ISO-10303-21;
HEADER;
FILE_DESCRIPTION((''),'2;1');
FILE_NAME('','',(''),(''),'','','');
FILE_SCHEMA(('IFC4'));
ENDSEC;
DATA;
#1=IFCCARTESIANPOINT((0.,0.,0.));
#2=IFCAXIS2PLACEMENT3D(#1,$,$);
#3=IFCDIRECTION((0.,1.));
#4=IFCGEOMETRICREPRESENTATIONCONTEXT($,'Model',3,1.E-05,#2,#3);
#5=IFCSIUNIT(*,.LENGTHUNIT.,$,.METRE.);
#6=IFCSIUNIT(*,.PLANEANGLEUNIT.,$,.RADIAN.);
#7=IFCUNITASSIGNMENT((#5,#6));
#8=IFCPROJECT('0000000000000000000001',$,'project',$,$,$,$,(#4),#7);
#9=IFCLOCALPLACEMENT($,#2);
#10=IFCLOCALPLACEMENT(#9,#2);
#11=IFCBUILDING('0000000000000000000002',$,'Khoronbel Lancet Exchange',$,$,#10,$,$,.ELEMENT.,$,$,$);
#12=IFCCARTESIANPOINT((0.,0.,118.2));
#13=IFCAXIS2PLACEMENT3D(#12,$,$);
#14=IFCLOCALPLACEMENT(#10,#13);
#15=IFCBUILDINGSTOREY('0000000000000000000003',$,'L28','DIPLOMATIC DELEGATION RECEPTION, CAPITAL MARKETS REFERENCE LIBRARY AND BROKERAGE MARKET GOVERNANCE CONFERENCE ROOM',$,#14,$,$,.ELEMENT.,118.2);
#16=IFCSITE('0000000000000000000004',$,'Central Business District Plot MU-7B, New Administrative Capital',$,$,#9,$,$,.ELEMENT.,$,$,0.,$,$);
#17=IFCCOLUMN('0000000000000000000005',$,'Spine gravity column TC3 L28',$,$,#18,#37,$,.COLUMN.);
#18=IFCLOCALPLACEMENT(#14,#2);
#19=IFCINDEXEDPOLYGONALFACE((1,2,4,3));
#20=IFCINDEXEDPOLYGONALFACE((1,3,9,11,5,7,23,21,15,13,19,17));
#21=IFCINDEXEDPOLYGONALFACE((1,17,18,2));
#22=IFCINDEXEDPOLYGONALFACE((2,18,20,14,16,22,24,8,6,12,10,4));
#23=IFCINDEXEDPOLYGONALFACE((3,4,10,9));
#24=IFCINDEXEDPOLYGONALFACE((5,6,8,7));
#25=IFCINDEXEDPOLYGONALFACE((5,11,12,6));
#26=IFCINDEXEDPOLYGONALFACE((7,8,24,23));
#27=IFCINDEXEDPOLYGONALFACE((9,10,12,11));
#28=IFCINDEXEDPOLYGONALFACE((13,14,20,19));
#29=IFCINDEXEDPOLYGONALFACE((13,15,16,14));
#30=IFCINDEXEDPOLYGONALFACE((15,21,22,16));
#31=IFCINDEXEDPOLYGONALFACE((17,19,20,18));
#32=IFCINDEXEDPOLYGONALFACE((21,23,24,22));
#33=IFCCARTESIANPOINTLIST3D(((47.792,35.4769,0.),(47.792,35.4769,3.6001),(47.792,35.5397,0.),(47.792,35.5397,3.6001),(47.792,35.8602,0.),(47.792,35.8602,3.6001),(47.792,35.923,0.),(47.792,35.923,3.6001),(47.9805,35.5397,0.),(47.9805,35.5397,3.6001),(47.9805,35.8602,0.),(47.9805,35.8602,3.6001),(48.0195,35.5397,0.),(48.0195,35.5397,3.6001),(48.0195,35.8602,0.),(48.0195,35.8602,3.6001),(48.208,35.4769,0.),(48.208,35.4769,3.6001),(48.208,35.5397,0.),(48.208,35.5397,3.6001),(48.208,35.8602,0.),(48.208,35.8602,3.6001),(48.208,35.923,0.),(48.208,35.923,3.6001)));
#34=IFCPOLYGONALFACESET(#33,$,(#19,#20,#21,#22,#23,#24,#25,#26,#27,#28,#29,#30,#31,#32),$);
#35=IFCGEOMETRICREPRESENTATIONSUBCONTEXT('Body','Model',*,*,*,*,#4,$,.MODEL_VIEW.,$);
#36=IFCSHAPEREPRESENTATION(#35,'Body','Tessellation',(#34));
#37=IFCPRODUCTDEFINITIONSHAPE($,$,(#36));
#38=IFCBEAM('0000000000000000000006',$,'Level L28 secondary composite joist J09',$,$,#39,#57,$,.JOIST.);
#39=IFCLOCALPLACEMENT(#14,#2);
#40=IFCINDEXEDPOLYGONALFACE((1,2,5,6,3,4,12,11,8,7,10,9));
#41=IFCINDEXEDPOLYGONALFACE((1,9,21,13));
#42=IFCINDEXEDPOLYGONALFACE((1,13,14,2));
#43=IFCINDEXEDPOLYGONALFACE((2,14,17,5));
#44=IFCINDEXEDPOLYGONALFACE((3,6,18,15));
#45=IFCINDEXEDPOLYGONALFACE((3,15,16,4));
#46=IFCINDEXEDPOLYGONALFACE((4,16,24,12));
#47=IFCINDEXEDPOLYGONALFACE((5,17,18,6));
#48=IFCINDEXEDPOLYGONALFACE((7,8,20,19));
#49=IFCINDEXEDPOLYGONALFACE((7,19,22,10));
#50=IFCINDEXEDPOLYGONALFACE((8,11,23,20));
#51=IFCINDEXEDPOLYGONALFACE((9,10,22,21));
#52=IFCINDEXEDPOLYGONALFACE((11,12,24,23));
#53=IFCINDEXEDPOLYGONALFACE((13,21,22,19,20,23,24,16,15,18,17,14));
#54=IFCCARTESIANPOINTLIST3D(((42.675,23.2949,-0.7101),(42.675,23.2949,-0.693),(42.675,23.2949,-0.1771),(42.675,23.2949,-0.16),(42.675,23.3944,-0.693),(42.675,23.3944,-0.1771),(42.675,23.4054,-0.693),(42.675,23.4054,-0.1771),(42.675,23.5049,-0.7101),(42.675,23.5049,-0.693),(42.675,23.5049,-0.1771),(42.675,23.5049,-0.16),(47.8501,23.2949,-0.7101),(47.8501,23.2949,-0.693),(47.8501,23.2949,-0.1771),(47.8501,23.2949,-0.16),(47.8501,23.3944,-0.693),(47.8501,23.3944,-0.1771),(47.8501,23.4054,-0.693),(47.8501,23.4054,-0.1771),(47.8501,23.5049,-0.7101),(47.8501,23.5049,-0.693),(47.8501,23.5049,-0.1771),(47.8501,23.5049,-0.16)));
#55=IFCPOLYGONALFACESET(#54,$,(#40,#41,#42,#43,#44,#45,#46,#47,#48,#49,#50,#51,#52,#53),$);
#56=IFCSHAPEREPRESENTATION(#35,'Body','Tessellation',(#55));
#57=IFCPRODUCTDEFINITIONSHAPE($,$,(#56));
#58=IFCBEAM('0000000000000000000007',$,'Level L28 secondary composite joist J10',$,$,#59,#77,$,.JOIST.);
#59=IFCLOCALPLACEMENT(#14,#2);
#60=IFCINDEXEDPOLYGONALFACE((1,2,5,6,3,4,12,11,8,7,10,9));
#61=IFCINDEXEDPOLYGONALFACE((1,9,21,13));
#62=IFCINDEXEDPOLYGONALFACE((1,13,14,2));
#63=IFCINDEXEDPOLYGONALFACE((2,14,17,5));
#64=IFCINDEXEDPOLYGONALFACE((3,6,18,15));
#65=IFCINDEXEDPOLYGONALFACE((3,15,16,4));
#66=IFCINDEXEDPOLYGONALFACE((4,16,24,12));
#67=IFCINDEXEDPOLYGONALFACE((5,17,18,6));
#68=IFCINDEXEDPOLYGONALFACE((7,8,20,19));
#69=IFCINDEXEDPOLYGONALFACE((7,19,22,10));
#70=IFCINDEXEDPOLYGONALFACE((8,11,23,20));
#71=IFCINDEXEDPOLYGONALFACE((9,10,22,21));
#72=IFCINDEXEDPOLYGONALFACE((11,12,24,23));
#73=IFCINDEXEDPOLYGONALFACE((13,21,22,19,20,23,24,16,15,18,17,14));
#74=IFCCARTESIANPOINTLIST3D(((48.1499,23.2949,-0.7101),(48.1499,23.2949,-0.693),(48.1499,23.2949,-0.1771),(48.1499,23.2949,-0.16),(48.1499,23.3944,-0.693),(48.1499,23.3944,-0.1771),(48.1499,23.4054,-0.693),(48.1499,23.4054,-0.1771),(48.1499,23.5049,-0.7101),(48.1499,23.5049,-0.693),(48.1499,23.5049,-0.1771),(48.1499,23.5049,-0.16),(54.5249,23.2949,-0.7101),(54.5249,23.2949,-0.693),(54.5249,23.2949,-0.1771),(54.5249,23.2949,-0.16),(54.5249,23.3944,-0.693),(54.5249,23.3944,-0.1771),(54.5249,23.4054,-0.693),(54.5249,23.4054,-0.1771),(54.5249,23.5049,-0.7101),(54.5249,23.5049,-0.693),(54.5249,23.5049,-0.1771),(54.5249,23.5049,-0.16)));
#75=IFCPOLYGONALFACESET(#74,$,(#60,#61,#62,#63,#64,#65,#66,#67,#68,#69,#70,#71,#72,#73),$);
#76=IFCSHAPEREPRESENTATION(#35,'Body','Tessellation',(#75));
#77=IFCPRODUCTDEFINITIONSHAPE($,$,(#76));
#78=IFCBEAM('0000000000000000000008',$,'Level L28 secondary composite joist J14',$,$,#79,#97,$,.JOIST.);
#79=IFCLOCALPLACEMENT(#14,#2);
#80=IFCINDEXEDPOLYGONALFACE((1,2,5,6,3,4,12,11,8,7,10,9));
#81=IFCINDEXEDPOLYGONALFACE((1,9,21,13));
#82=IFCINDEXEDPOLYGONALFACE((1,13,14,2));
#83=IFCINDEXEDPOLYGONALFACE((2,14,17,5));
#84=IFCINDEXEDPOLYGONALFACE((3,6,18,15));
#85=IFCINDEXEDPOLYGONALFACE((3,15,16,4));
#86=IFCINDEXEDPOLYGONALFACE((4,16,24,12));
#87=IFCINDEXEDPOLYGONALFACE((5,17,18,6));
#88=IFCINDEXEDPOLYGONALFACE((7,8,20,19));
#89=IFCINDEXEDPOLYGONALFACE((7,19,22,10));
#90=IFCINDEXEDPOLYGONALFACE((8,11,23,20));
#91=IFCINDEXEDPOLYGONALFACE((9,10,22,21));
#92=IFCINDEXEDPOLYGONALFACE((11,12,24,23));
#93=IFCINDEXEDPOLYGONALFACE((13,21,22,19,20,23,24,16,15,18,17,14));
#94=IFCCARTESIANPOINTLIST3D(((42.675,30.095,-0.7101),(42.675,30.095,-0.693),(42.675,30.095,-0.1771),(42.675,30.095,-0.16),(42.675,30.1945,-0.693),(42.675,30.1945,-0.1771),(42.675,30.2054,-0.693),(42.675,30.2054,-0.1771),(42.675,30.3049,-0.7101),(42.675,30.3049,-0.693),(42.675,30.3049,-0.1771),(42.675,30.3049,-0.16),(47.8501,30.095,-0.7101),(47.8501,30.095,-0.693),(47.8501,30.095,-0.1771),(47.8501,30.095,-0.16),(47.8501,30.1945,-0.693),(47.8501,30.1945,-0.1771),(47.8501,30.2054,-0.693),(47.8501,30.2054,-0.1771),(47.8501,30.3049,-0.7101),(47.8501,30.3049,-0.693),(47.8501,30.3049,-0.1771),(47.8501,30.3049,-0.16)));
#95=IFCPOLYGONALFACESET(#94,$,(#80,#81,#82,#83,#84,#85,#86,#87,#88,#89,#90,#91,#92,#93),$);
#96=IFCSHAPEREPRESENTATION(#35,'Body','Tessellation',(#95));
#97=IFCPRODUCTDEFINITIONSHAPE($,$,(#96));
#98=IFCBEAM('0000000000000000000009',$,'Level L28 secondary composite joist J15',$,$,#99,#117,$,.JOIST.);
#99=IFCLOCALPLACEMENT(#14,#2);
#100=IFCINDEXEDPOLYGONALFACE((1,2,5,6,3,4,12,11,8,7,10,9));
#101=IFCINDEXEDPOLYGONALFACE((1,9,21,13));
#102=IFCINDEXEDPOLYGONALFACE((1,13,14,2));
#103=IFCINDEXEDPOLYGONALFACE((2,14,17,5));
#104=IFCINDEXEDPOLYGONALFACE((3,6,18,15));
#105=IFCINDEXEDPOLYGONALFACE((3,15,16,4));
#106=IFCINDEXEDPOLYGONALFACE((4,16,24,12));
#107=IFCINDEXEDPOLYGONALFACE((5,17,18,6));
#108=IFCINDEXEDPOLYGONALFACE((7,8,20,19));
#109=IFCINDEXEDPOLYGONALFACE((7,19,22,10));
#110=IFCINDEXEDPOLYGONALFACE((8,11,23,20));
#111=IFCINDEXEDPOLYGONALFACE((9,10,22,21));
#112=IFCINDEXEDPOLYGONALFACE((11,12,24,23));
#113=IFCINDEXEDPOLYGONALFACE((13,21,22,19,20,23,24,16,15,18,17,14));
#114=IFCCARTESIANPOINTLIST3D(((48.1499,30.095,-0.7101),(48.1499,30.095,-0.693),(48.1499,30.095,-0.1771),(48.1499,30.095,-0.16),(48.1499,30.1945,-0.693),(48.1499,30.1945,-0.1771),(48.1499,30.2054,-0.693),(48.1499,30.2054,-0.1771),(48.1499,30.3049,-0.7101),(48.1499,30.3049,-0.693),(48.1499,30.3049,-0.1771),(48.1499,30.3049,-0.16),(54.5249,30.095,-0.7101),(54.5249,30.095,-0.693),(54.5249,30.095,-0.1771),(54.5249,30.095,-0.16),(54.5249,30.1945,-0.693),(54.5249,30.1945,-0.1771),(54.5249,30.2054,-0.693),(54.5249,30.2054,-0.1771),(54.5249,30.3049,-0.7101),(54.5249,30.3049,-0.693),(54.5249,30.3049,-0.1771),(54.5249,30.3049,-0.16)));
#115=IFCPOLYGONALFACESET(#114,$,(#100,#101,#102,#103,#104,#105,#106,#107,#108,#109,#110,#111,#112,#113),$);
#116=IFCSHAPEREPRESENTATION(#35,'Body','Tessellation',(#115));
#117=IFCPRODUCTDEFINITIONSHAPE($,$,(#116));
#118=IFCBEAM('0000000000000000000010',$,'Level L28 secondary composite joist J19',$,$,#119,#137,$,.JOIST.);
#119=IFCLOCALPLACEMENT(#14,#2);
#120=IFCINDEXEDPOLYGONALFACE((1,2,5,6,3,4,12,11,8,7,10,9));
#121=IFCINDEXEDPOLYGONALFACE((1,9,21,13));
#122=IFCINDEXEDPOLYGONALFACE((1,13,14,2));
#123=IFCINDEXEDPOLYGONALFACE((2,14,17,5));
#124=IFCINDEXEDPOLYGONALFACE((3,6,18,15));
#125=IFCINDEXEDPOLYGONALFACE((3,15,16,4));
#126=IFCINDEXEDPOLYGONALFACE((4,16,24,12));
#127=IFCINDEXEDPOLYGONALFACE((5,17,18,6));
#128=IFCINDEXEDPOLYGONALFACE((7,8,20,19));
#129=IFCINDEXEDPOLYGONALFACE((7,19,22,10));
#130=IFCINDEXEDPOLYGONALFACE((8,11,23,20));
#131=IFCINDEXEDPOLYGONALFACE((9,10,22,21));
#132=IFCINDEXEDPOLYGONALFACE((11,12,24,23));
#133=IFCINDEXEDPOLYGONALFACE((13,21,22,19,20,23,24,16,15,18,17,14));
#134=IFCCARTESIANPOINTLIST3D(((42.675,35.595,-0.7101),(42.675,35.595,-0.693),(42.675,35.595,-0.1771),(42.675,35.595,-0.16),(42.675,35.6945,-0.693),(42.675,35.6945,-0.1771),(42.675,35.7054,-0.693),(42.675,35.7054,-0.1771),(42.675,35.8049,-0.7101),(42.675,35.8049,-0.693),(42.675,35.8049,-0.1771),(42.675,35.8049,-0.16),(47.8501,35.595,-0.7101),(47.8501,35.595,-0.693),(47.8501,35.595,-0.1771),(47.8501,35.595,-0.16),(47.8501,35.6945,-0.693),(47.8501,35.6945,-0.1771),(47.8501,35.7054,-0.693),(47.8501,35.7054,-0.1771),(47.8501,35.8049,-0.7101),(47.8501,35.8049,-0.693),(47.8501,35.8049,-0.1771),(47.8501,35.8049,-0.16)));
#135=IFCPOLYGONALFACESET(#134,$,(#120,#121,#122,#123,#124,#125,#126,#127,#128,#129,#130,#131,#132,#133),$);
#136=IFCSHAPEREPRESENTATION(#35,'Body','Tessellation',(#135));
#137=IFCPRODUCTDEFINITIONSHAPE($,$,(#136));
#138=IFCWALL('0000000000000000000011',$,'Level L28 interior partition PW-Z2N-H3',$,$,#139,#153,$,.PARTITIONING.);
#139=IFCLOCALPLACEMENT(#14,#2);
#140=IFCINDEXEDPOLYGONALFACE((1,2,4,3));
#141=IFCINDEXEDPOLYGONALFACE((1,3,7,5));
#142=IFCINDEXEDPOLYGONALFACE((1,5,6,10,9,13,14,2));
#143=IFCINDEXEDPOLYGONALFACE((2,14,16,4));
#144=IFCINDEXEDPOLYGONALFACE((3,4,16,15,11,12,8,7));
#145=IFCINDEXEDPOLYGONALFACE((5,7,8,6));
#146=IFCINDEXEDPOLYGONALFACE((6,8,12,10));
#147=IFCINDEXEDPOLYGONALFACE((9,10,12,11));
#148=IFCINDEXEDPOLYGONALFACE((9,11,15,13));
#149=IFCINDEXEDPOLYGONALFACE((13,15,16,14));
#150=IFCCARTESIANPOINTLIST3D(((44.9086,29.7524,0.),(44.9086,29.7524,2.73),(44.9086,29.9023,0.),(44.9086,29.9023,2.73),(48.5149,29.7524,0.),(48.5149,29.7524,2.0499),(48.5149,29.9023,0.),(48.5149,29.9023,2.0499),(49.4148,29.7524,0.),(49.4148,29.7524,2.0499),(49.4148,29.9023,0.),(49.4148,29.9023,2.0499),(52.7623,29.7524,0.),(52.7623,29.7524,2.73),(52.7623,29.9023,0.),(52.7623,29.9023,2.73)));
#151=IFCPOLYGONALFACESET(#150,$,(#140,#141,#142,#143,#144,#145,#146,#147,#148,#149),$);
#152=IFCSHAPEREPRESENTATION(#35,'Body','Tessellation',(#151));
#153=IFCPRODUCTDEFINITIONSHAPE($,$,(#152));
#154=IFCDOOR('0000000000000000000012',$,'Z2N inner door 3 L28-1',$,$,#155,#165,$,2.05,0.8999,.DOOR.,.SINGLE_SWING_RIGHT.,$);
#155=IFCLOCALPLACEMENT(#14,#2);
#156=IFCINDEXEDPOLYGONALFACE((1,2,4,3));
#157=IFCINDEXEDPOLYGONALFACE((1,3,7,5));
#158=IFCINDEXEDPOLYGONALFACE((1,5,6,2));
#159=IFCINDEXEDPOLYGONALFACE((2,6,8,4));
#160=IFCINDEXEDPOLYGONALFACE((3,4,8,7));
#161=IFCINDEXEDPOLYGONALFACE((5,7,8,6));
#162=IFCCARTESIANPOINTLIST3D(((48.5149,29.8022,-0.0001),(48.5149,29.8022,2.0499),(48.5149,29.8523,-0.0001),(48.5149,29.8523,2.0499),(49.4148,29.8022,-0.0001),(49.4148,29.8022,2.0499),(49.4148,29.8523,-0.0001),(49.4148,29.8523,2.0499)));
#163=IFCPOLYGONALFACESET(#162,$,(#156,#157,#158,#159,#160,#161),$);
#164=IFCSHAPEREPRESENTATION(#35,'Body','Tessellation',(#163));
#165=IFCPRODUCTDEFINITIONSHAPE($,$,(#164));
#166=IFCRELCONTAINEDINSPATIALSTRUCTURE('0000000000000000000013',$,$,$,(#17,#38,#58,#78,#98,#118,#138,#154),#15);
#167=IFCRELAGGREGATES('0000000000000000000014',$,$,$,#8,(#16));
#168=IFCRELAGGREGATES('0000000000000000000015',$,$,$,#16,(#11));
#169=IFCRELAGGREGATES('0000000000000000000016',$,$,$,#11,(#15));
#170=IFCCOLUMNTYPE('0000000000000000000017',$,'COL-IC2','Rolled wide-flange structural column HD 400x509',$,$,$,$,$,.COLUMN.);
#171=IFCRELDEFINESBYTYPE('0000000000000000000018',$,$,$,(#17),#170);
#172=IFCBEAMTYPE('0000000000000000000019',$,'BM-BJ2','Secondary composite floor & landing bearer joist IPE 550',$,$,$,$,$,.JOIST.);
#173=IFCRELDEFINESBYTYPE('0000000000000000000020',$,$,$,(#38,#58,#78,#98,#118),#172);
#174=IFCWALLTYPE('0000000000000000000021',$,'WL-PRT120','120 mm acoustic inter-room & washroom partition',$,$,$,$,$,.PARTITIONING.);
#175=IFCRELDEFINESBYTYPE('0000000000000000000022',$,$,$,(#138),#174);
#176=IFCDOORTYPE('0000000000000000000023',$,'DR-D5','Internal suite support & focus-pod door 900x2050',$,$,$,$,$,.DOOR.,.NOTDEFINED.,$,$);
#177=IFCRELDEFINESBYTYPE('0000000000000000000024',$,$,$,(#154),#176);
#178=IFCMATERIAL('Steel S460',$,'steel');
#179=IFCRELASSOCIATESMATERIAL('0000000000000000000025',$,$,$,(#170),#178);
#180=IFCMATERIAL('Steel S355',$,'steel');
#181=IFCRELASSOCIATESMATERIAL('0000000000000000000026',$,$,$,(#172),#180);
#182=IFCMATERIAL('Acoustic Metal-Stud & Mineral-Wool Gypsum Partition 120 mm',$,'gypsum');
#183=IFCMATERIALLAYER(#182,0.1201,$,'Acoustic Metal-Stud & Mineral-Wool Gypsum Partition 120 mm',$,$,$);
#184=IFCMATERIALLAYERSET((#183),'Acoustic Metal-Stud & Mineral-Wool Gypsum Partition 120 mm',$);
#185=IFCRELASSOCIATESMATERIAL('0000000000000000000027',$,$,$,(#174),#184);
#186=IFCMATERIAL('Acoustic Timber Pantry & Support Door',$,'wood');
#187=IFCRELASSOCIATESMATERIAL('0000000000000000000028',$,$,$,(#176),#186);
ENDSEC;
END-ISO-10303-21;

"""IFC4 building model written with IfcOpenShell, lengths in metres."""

from ifc_helpers import new_model, si_unit, direction, frame, frame_2d, origin, origin_2d, place, context, subcontext, project, spatial, rectangle, i_section, extrude, material, layer, layer_set, material_profile, profile_set, type_object, element, fill, save


model = new_model("IFC4")

# Units and contexts
model_context = context("Model", 3, precision=1e-05, world=origin(), true_north=direction((0.0, 1.0)))
body_context = subcontext(model_context, "Body", "Model", "MODEL_VIEW")
ifc_project = project(units=[si_unit("LENGTHUNIT", "METRE"), si_unit("PLANEANGLEUNIT", "RADIAN")], contexts=[model_context])

# Site, building, storey
site_placement = place(None, origin())
site = spatial("IfcSite", under=ifc_project, at=site_placement, Name="Central Business District Plot MU-7B, New Administrative Capital", CompositionType="ELEMENT", RefElevation=0.0)
building_placement = place(site_placement, origin())
building = spatial("IfcBuilding", under=site, at=building_placement, Name="Khoronbel Lancet Exchange", CompositionType="ELEMENT")
storey_placement = place(building_placement, frame((0.0, 0.0, 118.2)))
storey = spatial("IfcBuildingStorey", under=building, at=storey_placement, Name="L28", Description="DIPLOMATIC DELEGATION RECEPTION, CAPITAL MARKETS REFERENCE LIBRARY AND BROKERAGE MARKET GOVERNANCE CONFERENCE ROOM", CompositionType="ELEMENT", Elevation=118.2)

# Column
ifc_material_1 = material(Name="Steel S460", Category="steel")
ifc_material_profile_1 = material_profile(ifc_material_1, i_section(OverallWidth=0.416, OverallDepth=0.446, WebThickness=0.0391, FlangeThickness=0.0627, at=origin_2d()), Name="HD 400x509")
ifc_profile_set_1 = profile_set([ifc_material_profile_1], Name="Steel S460")
column_type = type_object("IfcColumnType", Name="COL-IC2", Description="Rolled wide-flange structural column HD 400x509", PredefinedType="COLUMN", material=ifc_profile_set_1)
column_placement = place(storey_placement, frame((48.0, 35.7, 0.0), z_axis=(0.0, 0.0, 1.0), x_axis=(1.0, 0.0, 0.0)))
element("IfcColumn", 1, at=column_placement, inside=storey, type_object=column_type, Name="Spine gravity column TC3 L28", PredefinedType="COLUMN", context=body_context, shape_type="SweptSolid", body=[
    extrude(i_section(OverallWidth=0.416, OverallDepth=0.446, WebThickness=0.0391, FlangeThickness=0.0627, at=origin_2d()), origin(), (0.0, 0.0, 1.0), 3.6001),
])

# Beams
ifc_material_2 = material(Name="Steel S355", Category="steel")
ifc_material_profile_2 = material_profile(ifc_material_2, i_section(OverallWidth=0.21, OverallDepth=0.55, WebThickness=0.011, FlangeThickness=0.0171, at=origin_2d()), Name="IPE 550")
ifc_profile_set_2 = profile_set([ifc_material_profile_2], Name="Steel S355")
beam_type = type_object("IfcBeamType", Name="BM-BJ2", Description="Secondary composite floor & landing bearer joist IPE 550", PredefinedType="JOIST", material=ifc_profile_set_2)
beam_1_placement = place(storey_placement, frame((42.675, 23.3999, -0.4351), z_axis=(1.0, 0.0, 0.0), x_axis=(0.0, 1.0, 0.0)))
element("IfcBeam", 2, at=beam_1_placement, inside=storey, type_object=beam_type, Name="Level L28 secondary composite joist J09", PredefinedType="JOIST", context=body_context, shape_type="SweptSolid", body=[
    extrude(i_section(OverallWidth=0.21, OverallDepth=0.55, WebThickness=0.011, FlangeThickness=0.0171, at=origin_2d()), origin(), (0.0, 0.0, 1.0), 5.175),
])
beam_2_placement = place(storey_placement, frame((48.1499, 23.3999, -0.4351), z_axis=(1.0, 0.0, 0.0), x_axis=(0.0, 1.0, 0.0)))
element("IfcBeam", 3, at=beam_2_placement, inside=storey, type_object=beam_type, Name="Level L28 secondary composite joist J10", PredefinedType="JOIST", context=body_context, shape_type="SweptSolid", body=[
    extrude(i_section(OverallWidth=0.21, OverallDepth=0.55, WebThickness=0.011, FlangeThickness=0.0171, at=origin_2d()), origin(), (0.0, 0.0, 1.0), 6.375),
])
beam_3_placement = place(storey_placement, frame((42.675, 30.2, -0.4351), z_axis=(1.0, 0.0, 0.0), x_axis=(0.0, 1.0, 0.0)))
element("IfcBeam", 4, at=beam_3_placement, inside=storey, type_object=beam_type, Name="Level L28 secondary composite joist J14", PredefinedType="JOIST", context=body_context, shape_type="SweptSolid", body=[
    extrude(i_section(OverallWidth=0.21, OverallDepth=0.55, WebThickness=0.011, FlangeThickness=0.0171, at=origin_2d()), origin(), (0.0, 0.0, 1.0), 5.175),
])
beam_4_placement = place(storey_placement, frame((48.1499, 30.2, -0.4351), z_axis=(1.0, 0.0, 0.0), x_axis=(0.0, 1.0, 0.0)))
element("IfcBeam", 5, at=beam_4_placement, inside=storey, type_object=beam_type, Name="Level L28 secondary composite joist J15", PredefinedType="JOIST", context=body_context, shape_type="SweptSolid", body=[
    extrude(i_section(OverallWidth=0.21, OverallDepth=0.55, WebThickness=0.011, FlangeThickness=0.0171, at=origin_2d()), origin(), (0.0, 0.0, 1.0), 6.375),
])
beam_5_placement = place(storey_placement, frame((42.675, 35.7, -0.4351), z_axis=(1.0, 0.0, 0.0), x_axis=(0.0, 1.0, 0.0)))
element("IfcBeam", 6, at=beam_5_placement, inside=storey, type_object=beam_type, Name="Level L28 secondary composite joist J19", PredefinedType="JOIST", context=body_context, shape_type="SweptSolid", body=[
    extrude(i_section(OverallWidth=0.21, OverallDepth=0.55, WebThickness=0.011, FlangeThickness=0.0171, at=origin_2d()), origin(), (0.0, 0.0, 1.0), 5.175),
])

# Wall, opening, door
ifc_material_3 = material(Name="Acoustic Metal-Stud & Mineral-Wool Gypsum Partition 120 mm", Category="gypsum")
ifc_layer_1 = layer(ifc_material_3, 0.1201, Name="Acoustic Metal-Stud & Mineral-Wool Gypsum Partition 120 mm")
ifc_layer_set_1 = layer_set([ifc_layer_1], Name="Acoustic Metal-Stud & Mineral-Wool Gypsum Partition 120 mm")
wall_type_1 = type_object("IfcWallType", Name="WL-PRT120", Description="120 mm acoustic inter-room & washroom partition", PredefinedType="PARTITIONING", material=ifc_layer_set_1)
wall_1_placement = place(storey_placement, frame((44.9087, 29.8274, 0.0), z_axis=(0.0, 0.0, 1.0), x_axis=(1.0, 0.0, 0.0)))
wall_1 = element("IfcWall", 7, at=wall_1_placement, inside=storey, type_object=wall_type_1, Name="Level L28 interior partition PW-Z2N-H3", PredefinedType="PARTITIONING", context=body_context, shape_type="SweptSolid", body=[
    extrude(rectangle(XDim=7.8538, YDim=0.1499, at=frame_2d((3.9268, 0.0))), origin(), (0.0, 0.0, 1.0), 2.73),
])
opening_1_placement = place(wall_1_placement, frame((3.6062, 0.0, 0.0)))
opening_1 = element("IfcOpeningElement", 8, at=opening_1_placement, cuts=wall_1, PredefinedType="OPENING", context=body_context, shape_type="SweptSolid", body=[
    extrude(rectangle(XDim=0.8999, YDim=2.05, at=frame_2d((0.45, 1.0249))), frame((0.0, 0.085, 0.0), z_axis=(0.0, -1.0, 0.0), x_axis=(1.0, 0.0, 0.0)), (0.0, 0.0, 1.0), 0.1699),
])
ifc_material_4 = material(Name="Acoustic Timber Pantry & Support Door", Category="wood")
door_type_1 = type_object("IfcDoorType", Name="DR-D5", Description="Internal suite support & focus-pod door 900x2050", OperationType="NOTDEFINED", PredefinedType="DOOR", material=ifc_material_4)
door_1_placement = place(opening_1_placement, origin())
door_1 = element("IfcDoor", 9, at=door_1_placement, inside=storey, type_object=door_type_1, Name="Z2N inner door 3 L28-1", OperationType="SINGLE_SWING_RIGHT", OverallHeight=2.05, OverallWidth=0.8999, PredefinedType="DOOR", context=body_context, shape_type="SweptSolid", body=[
    extrude(rectangle(XDim=0.8999, YDim=2.05, at=frame_2d((0.45, 1.0249))), frame((0.0, 0.0249, 0.0), z_axis=(0.0, -1.0, 0.0), x_axis=(1.0, 0.0, 0.0)), (0.0, 0.0, 1.0), 0.05),
])
fill(opening_1, door_1)

save(model, "model.ifc")
